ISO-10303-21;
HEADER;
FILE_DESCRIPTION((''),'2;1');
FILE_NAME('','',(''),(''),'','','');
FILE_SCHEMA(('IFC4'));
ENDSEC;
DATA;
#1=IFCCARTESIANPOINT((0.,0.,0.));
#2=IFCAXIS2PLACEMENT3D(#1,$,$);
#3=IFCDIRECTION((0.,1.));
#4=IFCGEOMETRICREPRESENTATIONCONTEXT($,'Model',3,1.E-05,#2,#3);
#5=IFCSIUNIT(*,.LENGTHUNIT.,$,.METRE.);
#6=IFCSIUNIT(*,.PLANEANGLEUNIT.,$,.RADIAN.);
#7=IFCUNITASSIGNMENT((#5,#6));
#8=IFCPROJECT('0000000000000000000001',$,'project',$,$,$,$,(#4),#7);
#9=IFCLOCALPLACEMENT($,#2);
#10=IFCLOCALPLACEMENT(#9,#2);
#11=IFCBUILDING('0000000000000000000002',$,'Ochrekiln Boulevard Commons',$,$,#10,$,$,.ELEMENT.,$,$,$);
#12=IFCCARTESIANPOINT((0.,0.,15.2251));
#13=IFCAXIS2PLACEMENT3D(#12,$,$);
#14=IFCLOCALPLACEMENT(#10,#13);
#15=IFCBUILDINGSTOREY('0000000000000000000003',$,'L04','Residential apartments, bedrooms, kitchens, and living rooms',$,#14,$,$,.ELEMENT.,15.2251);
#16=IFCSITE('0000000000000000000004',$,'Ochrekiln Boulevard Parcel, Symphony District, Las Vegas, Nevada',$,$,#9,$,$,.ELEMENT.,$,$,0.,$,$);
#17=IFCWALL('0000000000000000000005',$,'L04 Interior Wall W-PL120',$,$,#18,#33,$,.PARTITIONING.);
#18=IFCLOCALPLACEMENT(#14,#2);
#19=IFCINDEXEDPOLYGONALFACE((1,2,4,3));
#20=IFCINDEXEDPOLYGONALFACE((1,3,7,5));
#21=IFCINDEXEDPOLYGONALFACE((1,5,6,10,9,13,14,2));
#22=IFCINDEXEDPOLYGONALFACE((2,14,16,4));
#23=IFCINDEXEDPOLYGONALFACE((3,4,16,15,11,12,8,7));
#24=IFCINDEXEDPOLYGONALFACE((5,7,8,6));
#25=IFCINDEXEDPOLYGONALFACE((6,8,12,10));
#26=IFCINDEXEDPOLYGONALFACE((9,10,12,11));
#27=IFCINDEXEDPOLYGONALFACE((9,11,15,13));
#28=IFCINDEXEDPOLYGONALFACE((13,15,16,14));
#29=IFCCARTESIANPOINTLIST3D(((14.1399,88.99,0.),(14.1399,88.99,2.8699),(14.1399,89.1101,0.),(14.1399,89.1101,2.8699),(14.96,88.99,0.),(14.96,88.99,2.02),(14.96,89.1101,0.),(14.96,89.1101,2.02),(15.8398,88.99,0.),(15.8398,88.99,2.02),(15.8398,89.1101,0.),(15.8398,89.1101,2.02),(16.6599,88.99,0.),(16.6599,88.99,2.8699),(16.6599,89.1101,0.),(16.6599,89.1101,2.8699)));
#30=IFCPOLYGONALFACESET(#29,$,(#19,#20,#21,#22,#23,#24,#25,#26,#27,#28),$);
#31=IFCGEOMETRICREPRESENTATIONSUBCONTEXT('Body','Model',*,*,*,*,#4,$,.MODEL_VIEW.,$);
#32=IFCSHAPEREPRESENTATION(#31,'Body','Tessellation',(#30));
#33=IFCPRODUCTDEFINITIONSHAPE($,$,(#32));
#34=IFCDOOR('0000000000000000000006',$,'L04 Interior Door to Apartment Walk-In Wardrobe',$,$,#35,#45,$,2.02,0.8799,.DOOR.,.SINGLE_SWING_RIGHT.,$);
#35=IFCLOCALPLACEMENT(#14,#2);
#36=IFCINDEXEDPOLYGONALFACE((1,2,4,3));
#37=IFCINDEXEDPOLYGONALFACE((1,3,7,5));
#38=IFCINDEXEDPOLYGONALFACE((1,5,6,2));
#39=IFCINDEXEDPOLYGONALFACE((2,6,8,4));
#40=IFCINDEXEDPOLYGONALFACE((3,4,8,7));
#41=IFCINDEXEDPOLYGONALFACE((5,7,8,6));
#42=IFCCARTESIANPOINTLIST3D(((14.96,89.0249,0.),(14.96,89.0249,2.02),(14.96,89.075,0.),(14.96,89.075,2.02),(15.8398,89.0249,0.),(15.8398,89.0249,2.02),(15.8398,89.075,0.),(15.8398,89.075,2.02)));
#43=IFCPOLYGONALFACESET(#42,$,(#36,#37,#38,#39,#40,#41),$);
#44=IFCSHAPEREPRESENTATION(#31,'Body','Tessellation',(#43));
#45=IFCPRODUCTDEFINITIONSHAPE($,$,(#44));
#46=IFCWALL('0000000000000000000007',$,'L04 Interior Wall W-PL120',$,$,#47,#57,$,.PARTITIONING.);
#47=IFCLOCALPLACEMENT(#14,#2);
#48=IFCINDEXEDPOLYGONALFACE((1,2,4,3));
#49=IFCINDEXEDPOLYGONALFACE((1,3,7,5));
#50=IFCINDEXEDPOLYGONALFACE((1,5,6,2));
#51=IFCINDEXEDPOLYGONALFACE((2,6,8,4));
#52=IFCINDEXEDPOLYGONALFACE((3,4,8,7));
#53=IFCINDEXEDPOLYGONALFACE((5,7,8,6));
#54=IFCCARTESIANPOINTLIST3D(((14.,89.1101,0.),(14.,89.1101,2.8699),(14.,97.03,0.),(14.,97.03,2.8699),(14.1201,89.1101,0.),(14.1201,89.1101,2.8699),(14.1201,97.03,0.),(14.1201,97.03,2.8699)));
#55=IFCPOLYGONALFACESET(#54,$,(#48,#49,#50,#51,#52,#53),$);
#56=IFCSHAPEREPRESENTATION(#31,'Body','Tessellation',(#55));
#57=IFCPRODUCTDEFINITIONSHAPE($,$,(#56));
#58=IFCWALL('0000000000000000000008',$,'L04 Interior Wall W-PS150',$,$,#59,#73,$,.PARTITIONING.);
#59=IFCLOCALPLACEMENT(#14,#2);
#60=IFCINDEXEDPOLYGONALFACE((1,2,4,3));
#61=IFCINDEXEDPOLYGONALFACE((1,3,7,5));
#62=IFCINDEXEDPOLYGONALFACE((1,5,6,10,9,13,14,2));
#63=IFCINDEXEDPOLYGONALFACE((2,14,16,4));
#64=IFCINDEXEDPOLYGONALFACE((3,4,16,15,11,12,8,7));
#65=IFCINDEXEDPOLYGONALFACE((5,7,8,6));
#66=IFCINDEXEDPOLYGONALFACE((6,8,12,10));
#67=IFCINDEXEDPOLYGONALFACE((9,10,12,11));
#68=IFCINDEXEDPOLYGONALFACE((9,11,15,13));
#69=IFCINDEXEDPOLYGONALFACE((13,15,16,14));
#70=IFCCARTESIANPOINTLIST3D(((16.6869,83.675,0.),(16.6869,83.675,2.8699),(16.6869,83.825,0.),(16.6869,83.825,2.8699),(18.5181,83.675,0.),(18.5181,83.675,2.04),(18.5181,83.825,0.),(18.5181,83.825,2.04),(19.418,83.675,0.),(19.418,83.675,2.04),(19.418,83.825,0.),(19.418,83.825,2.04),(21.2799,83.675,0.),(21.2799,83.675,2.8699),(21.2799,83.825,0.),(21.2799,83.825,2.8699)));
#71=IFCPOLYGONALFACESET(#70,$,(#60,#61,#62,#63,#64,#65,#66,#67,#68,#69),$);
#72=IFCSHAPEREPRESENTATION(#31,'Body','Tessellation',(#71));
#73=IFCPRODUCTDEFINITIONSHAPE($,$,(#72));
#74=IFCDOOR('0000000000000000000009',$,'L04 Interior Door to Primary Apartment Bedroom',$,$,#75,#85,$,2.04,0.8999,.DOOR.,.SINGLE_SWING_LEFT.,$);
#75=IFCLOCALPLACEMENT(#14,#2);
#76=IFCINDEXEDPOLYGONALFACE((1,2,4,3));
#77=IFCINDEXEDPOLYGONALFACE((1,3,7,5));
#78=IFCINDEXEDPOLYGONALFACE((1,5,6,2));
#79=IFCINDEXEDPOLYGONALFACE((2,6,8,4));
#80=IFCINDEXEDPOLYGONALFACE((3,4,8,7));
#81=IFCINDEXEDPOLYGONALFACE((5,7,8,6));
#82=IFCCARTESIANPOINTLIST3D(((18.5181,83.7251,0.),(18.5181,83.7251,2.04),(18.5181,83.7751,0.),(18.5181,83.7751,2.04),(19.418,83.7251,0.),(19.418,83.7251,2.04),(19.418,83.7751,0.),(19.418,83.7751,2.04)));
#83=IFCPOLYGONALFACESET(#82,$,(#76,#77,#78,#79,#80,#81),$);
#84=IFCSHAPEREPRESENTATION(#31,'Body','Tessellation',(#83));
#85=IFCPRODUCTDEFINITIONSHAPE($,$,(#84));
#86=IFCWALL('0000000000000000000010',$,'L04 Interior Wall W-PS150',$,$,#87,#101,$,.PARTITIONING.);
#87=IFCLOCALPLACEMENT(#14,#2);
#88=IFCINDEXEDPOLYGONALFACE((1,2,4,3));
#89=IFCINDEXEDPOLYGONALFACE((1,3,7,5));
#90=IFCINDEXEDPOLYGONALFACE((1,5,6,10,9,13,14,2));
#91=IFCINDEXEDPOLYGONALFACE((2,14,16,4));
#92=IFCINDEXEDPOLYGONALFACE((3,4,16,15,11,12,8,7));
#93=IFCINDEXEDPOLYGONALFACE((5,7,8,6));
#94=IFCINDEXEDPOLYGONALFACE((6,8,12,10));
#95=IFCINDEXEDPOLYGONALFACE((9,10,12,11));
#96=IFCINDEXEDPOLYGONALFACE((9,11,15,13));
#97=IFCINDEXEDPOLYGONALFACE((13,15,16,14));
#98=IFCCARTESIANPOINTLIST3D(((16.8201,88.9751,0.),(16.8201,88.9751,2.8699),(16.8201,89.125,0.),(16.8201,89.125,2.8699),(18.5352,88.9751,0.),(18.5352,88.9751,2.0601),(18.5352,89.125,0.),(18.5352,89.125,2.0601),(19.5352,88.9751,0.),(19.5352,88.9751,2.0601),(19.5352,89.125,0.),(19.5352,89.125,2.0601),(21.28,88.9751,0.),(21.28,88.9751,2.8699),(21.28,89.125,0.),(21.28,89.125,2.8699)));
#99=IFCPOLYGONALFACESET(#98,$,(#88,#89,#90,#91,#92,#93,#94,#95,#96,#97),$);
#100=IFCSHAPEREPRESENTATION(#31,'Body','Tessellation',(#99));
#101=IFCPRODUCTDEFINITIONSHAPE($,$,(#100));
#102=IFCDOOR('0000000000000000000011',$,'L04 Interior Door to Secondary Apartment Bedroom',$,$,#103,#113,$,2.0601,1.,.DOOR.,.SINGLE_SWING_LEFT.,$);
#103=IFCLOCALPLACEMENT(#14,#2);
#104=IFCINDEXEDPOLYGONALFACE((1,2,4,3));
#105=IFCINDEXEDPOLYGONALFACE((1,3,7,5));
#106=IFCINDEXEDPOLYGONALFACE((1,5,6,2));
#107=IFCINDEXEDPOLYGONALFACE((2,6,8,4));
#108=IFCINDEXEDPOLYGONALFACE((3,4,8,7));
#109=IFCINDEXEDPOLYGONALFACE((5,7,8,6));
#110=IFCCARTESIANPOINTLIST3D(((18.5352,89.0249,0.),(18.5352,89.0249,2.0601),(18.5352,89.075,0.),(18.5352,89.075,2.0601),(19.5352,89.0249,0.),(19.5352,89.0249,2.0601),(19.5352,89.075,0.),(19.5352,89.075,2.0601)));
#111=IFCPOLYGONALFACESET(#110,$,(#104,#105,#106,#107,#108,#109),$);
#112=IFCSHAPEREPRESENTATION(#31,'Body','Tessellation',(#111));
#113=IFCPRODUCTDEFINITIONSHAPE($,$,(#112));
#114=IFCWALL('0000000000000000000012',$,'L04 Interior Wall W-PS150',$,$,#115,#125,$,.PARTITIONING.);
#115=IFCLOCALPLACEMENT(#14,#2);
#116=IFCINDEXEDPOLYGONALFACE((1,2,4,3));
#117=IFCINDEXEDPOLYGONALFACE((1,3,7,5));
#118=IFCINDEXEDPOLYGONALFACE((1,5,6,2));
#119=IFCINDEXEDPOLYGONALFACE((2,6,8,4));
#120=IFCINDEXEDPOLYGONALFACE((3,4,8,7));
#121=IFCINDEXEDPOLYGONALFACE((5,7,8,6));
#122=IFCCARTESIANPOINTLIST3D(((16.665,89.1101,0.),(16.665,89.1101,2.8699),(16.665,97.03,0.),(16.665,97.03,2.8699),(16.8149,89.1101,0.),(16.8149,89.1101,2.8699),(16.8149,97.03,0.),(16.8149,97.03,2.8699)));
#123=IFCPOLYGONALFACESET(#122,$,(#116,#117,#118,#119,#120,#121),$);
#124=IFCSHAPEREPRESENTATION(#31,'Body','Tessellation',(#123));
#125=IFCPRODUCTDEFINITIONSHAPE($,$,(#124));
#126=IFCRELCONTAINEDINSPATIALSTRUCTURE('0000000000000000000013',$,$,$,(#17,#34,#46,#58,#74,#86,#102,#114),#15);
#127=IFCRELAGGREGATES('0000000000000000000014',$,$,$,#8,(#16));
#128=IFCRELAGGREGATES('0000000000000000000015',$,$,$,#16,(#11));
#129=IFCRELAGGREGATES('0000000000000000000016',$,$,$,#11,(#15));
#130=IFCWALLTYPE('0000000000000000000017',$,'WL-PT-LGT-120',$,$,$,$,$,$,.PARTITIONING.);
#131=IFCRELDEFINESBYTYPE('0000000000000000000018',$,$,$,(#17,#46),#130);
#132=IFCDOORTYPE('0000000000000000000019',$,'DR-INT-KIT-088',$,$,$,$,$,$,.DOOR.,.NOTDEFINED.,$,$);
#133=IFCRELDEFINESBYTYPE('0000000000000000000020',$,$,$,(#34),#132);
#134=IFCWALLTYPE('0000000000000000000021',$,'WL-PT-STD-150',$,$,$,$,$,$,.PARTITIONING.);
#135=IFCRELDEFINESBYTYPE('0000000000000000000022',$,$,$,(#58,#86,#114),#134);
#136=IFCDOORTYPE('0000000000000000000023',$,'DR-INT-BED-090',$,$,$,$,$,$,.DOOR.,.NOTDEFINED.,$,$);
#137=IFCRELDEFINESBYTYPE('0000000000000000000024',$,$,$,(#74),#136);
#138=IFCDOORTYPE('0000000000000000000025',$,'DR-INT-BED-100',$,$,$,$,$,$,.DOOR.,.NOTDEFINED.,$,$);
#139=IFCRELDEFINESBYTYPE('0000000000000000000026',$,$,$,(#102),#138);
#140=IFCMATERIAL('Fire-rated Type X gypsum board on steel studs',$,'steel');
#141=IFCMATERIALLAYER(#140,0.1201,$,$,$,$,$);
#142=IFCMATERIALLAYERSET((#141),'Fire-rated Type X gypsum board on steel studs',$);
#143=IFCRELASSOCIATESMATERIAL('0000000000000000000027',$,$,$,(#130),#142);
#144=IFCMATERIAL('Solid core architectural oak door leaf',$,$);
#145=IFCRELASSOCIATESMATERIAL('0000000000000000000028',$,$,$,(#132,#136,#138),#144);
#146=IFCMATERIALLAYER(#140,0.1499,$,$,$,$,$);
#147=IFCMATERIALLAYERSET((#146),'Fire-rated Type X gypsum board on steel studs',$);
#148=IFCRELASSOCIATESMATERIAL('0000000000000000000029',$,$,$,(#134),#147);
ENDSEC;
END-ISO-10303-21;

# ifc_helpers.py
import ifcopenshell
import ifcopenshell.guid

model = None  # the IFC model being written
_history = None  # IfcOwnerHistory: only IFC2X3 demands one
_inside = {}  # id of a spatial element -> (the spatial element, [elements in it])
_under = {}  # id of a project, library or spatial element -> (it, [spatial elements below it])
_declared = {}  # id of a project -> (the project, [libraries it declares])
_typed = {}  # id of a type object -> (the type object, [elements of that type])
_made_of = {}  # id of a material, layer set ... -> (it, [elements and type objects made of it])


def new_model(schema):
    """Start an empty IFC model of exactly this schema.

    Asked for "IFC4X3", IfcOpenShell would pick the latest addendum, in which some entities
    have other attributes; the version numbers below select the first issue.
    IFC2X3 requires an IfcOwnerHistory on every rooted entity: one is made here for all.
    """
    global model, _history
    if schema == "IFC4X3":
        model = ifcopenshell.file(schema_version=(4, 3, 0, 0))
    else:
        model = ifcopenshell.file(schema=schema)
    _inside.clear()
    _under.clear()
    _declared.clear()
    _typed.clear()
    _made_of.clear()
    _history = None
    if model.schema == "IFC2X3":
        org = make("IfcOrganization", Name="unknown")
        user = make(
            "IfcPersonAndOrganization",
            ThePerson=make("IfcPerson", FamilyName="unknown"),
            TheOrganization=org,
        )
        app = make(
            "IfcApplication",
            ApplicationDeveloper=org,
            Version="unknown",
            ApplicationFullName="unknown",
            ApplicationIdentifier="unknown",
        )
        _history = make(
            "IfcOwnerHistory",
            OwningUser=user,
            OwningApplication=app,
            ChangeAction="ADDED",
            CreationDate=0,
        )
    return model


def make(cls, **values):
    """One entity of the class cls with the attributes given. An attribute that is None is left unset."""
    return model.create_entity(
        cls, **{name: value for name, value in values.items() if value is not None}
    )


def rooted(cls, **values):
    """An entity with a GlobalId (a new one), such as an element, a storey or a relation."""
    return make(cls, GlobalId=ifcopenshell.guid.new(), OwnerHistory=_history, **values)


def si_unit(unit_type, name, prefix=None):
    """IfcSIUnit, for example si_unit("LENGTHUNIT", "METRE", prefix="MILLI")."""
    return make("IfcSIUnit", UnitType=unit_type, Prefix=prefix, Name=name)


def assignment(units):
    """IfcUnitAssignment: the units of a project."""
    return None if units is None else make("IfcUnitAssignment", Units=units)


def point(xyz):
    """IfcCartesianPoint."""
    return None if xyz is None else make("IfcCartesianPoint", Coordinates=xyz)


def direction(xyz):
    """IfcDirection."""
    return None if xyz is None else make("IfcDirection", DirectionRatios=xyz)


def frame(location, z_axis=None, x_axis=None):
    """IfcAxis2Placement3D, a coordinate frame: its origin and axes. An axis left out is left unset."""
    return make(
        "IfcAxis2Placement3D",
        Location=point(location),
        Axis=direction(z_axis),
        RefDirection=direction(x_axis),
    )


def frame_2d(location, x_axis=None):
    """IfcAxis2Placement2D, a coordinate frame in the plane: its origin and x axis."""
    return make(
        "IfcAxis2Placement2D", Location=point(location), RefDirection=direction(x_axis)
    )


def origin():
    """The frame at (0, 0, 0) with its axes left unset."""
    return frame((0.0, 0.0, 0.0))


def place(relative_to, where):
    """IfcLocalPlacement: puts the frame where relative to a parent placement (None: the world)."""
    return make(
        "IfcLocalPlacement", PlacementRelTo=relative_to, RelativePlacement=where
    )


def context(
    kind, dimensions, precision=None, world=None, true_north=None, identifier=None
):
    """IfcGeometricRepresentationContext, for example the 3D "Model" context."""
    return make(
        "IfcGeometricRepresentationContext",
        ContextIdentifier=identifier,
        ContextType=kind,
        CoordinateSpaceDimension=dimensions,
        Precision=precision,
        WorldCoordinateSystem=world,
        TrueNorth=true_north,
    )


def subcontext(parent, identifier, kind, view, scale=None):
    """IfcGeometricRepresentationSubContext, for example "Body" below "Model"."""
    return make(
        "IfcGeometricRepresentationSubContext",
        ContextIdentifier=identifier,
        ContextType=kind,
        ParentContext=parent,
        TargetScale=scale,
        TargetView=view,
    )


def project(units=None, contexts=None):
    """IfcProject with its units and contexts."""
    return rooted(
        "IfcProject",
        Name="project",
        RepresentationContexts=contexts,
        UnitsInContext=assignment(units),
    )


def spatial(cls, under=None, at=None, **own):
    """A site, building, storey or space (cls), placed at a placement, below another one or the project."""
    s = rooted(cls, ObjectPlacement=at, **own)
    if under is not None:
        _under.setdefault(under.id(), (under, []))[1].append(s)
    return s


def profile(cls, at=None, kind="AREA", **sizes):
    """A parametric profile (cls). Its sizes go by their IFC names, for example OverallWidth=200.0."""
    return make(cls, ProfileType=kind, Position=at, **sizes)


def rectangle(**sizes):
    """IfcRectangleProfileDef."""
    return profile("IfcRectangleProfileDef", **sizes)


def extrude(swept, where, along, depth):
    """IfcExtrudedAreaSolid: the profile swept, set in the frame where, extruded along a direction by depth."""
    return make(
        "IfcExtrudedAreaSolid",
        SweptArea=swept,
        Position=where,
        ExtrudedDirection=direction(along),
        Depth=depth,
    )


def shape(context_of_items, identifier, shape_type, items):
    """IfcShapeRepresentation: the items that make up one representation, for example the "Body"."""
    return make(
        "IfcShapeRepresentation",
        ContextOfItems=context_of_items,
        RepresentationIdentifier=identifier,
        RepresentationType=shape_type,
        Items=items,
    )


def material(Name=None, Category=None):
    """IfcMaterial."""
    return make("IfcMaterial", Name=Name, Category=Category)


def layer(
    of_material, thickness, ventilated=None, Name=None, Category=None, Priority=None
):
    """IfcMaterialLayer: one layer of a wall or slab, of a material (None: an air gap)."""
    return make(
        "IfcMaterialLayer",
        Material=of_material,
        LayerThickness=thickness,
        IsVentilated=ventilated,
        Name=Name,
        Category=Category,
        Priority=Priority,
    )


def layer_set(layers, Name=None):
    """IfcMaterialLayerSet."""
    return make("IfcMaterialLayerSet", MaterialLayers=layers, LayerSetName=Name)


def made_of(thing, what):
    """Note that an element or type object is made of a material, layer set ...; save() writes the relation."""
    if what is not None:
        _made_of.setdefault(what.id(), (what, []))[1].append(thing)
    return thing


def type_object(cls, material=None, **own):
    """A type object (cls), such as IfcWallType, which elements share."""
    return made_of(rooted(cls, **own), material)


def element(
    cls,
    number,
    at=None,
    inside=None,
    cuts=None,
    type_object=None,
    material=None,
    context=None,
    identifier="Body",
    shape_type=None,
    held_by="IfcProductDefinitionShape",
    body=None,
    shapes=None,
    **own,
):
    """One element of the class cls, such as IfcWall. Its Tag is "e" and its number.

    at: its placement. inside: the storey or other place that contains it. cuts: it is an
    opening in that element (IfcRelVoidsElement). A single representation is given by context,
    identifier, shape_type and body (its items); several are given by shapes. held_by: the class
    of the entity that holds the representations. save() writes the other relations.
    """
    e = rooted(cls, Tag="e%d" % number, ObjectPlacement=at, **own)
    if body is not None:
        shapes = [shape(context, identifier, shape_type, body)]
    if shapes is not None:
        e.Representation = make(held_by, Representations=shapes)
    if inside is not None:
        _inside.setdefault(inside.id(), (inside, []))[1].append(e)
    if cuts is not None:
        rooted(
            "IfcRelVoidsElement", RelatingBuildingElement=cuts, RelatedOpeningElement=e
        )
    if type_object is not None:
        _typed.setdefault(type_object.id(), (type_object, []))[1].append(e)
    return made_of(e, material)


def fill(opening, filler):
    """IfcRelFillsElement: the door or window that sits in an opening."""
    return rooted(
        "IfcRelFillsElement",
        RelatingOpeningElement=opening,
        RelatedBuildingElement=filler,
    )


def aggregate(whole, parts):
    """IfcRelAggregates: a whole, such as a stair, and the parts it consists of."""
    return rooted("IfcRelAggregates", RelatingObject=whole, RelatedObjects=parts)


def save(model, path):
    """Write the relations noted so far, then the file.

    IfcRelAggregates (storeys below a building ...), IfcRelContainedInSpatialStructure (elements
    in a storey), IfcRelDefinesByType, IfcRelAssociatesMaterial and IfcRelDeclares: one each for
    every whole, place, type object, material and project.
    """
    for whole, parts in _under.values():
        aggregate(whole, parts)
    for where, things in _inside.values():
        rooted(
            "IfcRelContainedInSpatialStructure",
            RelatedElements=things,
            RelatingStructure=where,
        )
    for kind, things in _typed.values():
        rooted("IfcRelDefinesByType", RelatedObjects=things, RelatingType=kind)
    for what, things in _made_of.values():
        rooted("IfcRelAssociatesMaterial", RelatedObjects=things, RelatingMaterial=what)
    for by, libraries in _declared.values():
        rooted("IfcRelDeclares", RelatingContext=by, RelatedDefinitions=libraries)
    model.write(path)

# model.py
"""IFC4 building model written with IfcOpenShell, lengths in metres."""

from ifc_helpers import new_model, si_unit, direction, frame, frame_2d, origin, place, context, subcontext, project, spatial, rectangle, extrude, material, layer, layer_set, type_object, element, fill, save


model = new_model("IFC4")

# Units and contexts
model_context = context("Model", 3, precision=1e-05, world=origin(), true_north=direction((0.0, 1.0)))
body_context = subcontext(model_context, "Body", "Model", "MODEL_VIEW")
ifc_project = project(units=[si_unit("LENGTHUNIT", "METRE"), si_unit("PLANEANGLEUNIT", "RADIAN")], contexts=[model_context])

# Site, building, storey
site_placement = place(None, origin())
site = spatial("IfcSite", under=ifc_project, at=site_placement, Name="Ochrekiln Boulevard Parcel, Symphony District, Las Vegas, Nevada", CompositionType="ELEMENT", RefElevation=0.0)
building_placement = place(site_placement, origin())
building = spatial("IfcBuilding", under=site, at=building_placement, Name="Ochrekiln Boulevard Commons", CompositionType="ELEMENT")
storey_placement = place(building_placement, frame((0.0, 0.0, 15.2251)))
storey = spatial("IfcBuildingStorey", under=building, at=storey_placement, Name="L04", Description="Residential apartments, bedrooms, kitchens, and living rooms", CompositionType="ELEMENT", Elevation=15.2251)

# Wall, opening, door
ifc_material_1 = material(Name="Fire-rated Type X gypsum board on steel studs", Category="steel")
ifc_layer_1 = layer(ifc_material_1, 0.1201)
ifc_layer_set_1 = layer_set([ifc_layer_1], Name="Fire-rated Type X gypsum board on steel studs")
wall_type_1 = type_object("IfcWallType", Name="WL-PT-LGT-120", PredefinedType="PARTITIONING", material=ifc_layer_set_1)
ifc_material_2 = material(Name="Solid core architectural oak door leaf")
door_type_1 = type_object("IfcDoorType", Name="DR-INT-KIT-088", OperationType="NOTDEFINED", PredefinedType="DOOR", material=ifc_material_2)
wall_1_placement = place(storey_placement, frame((14.1399, 89.05, 0.0), z_axis=(0.0, 0.0, 1.0), x_axis=(1.0, 0.0, 0.0)))
wall_1 = element("IfcWall", 1, at=wall_1_placement, inside=storey, type_object=wall_type_1, Name="L04 Interior Wall W-PL120", PredefinedType="PARTITIONING", context=body_context, shape_type="SweptSolid", body=[
    extrude(rectangle(XDim=2.52, YDim=0.1201, at=frame_2d((1.26, 0.0))), origin(), (0.0, 0.0, 1.0), 2.8699),
])
opening_1_placement = place(wall_1_placement, frame((0.8201, 0.0, 0.0)))
opening_1 = element("IfcOpeningElement", 2, at=opening_1_placement, cuts=wall_1, PredefinedType="OPENING", context=body_context, shape_type="SweptSolid", body=[
    extrude(rectangle(XDim=0.8799, YDim=2.02, at=frame_2d((0.4399, 1.01))), frame((0.0, 0.0701, 0.0), z_axis=(0.0, -1.0, 0.0), x_axis=(1.0, 0.0, 0.0)), (0.0, 0.0, 1.0), 0.1401),
])
door_1_placement = place(opening_1_placement, origin())
door_1 = element("IfcDoor", 3, at=door_1_placement, inside=storey, type_object=door_type_1, Name="L04 Interior Door to Apartment Walk-In Wardrobe", OperationType="SINGLE_SWING_RIGHT", OverallHeight=2.02, OverallWidth=0.8799, PredefinedType="DOOR", context=body_context, shape_type="SweptSolid", body=[
    extrude(rectangle(XDim=0.8799, YDim=2.02, at=frame_2d((0.4399, 1.01))), frame((0.0, 0.0249, 0.0), z_axis=(0.0, -1.0, 0.0), x_axis=(1.0, 0.0, 0.0)), (0.0, 0.0, 1.0), 0.05),
])
fill(opening_1, door_1)

# Wall
wall_2_placement = place(storey_placement, frame((14.0601, 89.1101, 0.0), z_axis=(0.0, 0.0, 1.0), x_axis=(0.0, 1.0, 0.0)))
element("IfcWall", 4, at=wall_2_placement, inside=storey, type_object=wall_type_1, Name="L04 Interior Wall W-PL120", PredefinedType="PARTITIONING", context=body_context, shape_type="SweptSolid", body=[
    extrude(rectangle(XDim=7.9199, YDim=0.1201, at=frame_2d((3.96, 0.0))), origin(), (0.0, 0.0, 1.0), 2.8699),
])

# Walls, openings, doors
ifc_layer_2 = layer(ifc_material_1, 0.1499)
ifc_layer_set_2 = layer_set([ifc_layer_2], Name="Fire-rated Type X gypsum board on steel studs")
wall_type_2 = type_object("IfcWallType", Name="WL-PT-STD-150", PredefinedType="PARTITIONING", material=ifc_layer_set_2)
wall_3_placement = place(storey_placement, frame((16.687, 83.75, 0.0), z_axis=(0.0, 0.0, 1.0), x_axis=(1.0, 0.0, 0.0)))
wall_3 = element("IfcWall", 5, at=wall_3_placement, inside=storey, type_object=wall_type_2, Name="L04 Interior Wall W-PS150", PredefinedType="PARTITIONING", context=body_context, shape_type="SweptSolid", body=[
    extrude(rectangle(XDim=4.593, YDim=0.1499, at=frame_2d((2.2964, 0.0))), origin(), (0.0, 0.0, 1.0), 2.8699),
])
opening_2_placement = place(wall_3_placement, frame((1.8311, 0.0, 0.0)))
opening_2 = element("IfcOpeningElement", 6, at=opening_2_placement, cuts=wall_3, PredefinedType="OPENING", context=body_context, shape_type="SweptSolid", body=[
    extrude(rectangle(XDim=0.8999, YDim=2.04, at=frame_2d((0.45, 1.02))), frame((0.0, 0.085, 0.0), z_axis=(0.0, -1.0, 0.0), x_axis=(1.0, 0.0, 0.0)), (0.0, 0.0, 1.0), 0.1699),
])
door_type_2 = type_object("IfcDoorType", Name="DR-INT-BED-090", OperationType="NOTDEFINED", PredefinedType="DOOR", material=ifc_material_2)
door_2_placement = place(opening_2_placement, frame((0.8999, 0.0, 0.0), z_axis=(0.0, 0.0, 1.0), x_axis=(-1.0, 0.0, 0.0)))
door_2 = element("IfcDoor", 7, at=door_2_placement, inside=storey, type_object=door_type_2, Name="L04 Interior Door to Primary Apartment Bedroom", OperationType="SINGLE_SWING_LEFT", OverallHeight=2.04, OverallWidth=0.8999, PredefinedType="DOOR", context=body_context, shape_type="SweptSolid", body=[
    extrude(rectangle(XDim=0.8999, YDim=2.04, at=frame_2d((0.45, 1.02))), frame((0.0, 0.0249, 0.0), z_axis=(0.0, -1.0, 0.0), x_axis=(1.0, 0.0, 0.0)), (0.0, 0.0, 1.0), 0.05),
])
fill(opening_2, door_2)
wall_4_placement = place(storey_placement, frame((16.8201, 89.05, 0.0), z_axis=(0.0, 0.0, 1.0), x_axis=(1.0, 0.0, 0.0)))
wall_4 = element("IfcWall", 8, at=wall_4_placement, inside=storey, type_object=wall_type_2, Name="L04 Interior Wall W-PS150", PredefinedType="PARTITIONING", context=body_context, shape_type="SweptSolid", body=[
    extrude(rectangle(XDim=4.46, YDim=0.1499, at=frame_2d((2.23, 0.0))), origin(), (0.0, 0.0, 1.0), 2.8699),
])
opening_3_placement = place(wall_4_placement, frame((1.7151, 0.0, 0.0)))
opening_3 = element("IfcOpeningElement", 9, at=opening_3_placement, cuts=wall_4, PredefinedType="OPENING", context=body_context, shape_type="SweptSolid", body=[
    extrude(rectangle(XDim=1.0, YDim=2.0601, at=frame_2d((0.5, 1.03))), frame((0.0, 0.085, 0.0), z_axis=(0.0, -1.0, 0.0), x_axis=(1.0, 0.0, 0.0)), (0.0, 0.0, 1.0), 0.1699),
])
door_type_3 = type_object("IfcDoorType", Name="DR-INT-BED-100", OperationType="NOTDEFINED", PredefinedType="DOOR", material=ifc_material_2)
door_3_placement = place(opening_3_placement, origin())
door_3 = element("IfcDoor", 10, at=door_3_placement, inside=storey, type_object=door_type_3, Name="L04 Interior Door to Secondary Apartment Bedroom", OperationType="SINGLE_SWING_LEFT", OverallHeight=2.0601, OverallWidth=1.0, PredefinedType="DOOR", context=body_context, shape_type="SweptSolid", body=[
    extrude(rectangle(XDim=1.0, YDim=2.0601, at=frame_2d((0.5, 1.03))), frame((0.0, 0.0249, 0.0), z_axis=(0.0, -1.0, 0.0), x_axis=(1.0, 0.0, 0.0)), (0.0, 0.0, 1.0), 0.05),
])
fill(opening_3, door_3)

# Wall
wall_5_placement = place(storey_placement, frame((16.74, 89.1101, 0.0), z_axis=(0.0, 0.0, 1.0), x_axis=(0.0, 1.0, 0.0)))
element("IfcWall", 11, at=wall_5_placement, inside=storey, type_object=wall_type_2, Name="L04 Interior Wall W-PS150", PredefinedType="PARTITIONING", context=body_context, shape_type="SweptSolid", body=[
    extrude(rectangle(XDim=7.9199, YDim=0.1499, at=frame_2d((3.96, 0.0))), origin(), (0.0, 0.0, 1.0), 2.8699),
])

save(model, "model.ifc")
